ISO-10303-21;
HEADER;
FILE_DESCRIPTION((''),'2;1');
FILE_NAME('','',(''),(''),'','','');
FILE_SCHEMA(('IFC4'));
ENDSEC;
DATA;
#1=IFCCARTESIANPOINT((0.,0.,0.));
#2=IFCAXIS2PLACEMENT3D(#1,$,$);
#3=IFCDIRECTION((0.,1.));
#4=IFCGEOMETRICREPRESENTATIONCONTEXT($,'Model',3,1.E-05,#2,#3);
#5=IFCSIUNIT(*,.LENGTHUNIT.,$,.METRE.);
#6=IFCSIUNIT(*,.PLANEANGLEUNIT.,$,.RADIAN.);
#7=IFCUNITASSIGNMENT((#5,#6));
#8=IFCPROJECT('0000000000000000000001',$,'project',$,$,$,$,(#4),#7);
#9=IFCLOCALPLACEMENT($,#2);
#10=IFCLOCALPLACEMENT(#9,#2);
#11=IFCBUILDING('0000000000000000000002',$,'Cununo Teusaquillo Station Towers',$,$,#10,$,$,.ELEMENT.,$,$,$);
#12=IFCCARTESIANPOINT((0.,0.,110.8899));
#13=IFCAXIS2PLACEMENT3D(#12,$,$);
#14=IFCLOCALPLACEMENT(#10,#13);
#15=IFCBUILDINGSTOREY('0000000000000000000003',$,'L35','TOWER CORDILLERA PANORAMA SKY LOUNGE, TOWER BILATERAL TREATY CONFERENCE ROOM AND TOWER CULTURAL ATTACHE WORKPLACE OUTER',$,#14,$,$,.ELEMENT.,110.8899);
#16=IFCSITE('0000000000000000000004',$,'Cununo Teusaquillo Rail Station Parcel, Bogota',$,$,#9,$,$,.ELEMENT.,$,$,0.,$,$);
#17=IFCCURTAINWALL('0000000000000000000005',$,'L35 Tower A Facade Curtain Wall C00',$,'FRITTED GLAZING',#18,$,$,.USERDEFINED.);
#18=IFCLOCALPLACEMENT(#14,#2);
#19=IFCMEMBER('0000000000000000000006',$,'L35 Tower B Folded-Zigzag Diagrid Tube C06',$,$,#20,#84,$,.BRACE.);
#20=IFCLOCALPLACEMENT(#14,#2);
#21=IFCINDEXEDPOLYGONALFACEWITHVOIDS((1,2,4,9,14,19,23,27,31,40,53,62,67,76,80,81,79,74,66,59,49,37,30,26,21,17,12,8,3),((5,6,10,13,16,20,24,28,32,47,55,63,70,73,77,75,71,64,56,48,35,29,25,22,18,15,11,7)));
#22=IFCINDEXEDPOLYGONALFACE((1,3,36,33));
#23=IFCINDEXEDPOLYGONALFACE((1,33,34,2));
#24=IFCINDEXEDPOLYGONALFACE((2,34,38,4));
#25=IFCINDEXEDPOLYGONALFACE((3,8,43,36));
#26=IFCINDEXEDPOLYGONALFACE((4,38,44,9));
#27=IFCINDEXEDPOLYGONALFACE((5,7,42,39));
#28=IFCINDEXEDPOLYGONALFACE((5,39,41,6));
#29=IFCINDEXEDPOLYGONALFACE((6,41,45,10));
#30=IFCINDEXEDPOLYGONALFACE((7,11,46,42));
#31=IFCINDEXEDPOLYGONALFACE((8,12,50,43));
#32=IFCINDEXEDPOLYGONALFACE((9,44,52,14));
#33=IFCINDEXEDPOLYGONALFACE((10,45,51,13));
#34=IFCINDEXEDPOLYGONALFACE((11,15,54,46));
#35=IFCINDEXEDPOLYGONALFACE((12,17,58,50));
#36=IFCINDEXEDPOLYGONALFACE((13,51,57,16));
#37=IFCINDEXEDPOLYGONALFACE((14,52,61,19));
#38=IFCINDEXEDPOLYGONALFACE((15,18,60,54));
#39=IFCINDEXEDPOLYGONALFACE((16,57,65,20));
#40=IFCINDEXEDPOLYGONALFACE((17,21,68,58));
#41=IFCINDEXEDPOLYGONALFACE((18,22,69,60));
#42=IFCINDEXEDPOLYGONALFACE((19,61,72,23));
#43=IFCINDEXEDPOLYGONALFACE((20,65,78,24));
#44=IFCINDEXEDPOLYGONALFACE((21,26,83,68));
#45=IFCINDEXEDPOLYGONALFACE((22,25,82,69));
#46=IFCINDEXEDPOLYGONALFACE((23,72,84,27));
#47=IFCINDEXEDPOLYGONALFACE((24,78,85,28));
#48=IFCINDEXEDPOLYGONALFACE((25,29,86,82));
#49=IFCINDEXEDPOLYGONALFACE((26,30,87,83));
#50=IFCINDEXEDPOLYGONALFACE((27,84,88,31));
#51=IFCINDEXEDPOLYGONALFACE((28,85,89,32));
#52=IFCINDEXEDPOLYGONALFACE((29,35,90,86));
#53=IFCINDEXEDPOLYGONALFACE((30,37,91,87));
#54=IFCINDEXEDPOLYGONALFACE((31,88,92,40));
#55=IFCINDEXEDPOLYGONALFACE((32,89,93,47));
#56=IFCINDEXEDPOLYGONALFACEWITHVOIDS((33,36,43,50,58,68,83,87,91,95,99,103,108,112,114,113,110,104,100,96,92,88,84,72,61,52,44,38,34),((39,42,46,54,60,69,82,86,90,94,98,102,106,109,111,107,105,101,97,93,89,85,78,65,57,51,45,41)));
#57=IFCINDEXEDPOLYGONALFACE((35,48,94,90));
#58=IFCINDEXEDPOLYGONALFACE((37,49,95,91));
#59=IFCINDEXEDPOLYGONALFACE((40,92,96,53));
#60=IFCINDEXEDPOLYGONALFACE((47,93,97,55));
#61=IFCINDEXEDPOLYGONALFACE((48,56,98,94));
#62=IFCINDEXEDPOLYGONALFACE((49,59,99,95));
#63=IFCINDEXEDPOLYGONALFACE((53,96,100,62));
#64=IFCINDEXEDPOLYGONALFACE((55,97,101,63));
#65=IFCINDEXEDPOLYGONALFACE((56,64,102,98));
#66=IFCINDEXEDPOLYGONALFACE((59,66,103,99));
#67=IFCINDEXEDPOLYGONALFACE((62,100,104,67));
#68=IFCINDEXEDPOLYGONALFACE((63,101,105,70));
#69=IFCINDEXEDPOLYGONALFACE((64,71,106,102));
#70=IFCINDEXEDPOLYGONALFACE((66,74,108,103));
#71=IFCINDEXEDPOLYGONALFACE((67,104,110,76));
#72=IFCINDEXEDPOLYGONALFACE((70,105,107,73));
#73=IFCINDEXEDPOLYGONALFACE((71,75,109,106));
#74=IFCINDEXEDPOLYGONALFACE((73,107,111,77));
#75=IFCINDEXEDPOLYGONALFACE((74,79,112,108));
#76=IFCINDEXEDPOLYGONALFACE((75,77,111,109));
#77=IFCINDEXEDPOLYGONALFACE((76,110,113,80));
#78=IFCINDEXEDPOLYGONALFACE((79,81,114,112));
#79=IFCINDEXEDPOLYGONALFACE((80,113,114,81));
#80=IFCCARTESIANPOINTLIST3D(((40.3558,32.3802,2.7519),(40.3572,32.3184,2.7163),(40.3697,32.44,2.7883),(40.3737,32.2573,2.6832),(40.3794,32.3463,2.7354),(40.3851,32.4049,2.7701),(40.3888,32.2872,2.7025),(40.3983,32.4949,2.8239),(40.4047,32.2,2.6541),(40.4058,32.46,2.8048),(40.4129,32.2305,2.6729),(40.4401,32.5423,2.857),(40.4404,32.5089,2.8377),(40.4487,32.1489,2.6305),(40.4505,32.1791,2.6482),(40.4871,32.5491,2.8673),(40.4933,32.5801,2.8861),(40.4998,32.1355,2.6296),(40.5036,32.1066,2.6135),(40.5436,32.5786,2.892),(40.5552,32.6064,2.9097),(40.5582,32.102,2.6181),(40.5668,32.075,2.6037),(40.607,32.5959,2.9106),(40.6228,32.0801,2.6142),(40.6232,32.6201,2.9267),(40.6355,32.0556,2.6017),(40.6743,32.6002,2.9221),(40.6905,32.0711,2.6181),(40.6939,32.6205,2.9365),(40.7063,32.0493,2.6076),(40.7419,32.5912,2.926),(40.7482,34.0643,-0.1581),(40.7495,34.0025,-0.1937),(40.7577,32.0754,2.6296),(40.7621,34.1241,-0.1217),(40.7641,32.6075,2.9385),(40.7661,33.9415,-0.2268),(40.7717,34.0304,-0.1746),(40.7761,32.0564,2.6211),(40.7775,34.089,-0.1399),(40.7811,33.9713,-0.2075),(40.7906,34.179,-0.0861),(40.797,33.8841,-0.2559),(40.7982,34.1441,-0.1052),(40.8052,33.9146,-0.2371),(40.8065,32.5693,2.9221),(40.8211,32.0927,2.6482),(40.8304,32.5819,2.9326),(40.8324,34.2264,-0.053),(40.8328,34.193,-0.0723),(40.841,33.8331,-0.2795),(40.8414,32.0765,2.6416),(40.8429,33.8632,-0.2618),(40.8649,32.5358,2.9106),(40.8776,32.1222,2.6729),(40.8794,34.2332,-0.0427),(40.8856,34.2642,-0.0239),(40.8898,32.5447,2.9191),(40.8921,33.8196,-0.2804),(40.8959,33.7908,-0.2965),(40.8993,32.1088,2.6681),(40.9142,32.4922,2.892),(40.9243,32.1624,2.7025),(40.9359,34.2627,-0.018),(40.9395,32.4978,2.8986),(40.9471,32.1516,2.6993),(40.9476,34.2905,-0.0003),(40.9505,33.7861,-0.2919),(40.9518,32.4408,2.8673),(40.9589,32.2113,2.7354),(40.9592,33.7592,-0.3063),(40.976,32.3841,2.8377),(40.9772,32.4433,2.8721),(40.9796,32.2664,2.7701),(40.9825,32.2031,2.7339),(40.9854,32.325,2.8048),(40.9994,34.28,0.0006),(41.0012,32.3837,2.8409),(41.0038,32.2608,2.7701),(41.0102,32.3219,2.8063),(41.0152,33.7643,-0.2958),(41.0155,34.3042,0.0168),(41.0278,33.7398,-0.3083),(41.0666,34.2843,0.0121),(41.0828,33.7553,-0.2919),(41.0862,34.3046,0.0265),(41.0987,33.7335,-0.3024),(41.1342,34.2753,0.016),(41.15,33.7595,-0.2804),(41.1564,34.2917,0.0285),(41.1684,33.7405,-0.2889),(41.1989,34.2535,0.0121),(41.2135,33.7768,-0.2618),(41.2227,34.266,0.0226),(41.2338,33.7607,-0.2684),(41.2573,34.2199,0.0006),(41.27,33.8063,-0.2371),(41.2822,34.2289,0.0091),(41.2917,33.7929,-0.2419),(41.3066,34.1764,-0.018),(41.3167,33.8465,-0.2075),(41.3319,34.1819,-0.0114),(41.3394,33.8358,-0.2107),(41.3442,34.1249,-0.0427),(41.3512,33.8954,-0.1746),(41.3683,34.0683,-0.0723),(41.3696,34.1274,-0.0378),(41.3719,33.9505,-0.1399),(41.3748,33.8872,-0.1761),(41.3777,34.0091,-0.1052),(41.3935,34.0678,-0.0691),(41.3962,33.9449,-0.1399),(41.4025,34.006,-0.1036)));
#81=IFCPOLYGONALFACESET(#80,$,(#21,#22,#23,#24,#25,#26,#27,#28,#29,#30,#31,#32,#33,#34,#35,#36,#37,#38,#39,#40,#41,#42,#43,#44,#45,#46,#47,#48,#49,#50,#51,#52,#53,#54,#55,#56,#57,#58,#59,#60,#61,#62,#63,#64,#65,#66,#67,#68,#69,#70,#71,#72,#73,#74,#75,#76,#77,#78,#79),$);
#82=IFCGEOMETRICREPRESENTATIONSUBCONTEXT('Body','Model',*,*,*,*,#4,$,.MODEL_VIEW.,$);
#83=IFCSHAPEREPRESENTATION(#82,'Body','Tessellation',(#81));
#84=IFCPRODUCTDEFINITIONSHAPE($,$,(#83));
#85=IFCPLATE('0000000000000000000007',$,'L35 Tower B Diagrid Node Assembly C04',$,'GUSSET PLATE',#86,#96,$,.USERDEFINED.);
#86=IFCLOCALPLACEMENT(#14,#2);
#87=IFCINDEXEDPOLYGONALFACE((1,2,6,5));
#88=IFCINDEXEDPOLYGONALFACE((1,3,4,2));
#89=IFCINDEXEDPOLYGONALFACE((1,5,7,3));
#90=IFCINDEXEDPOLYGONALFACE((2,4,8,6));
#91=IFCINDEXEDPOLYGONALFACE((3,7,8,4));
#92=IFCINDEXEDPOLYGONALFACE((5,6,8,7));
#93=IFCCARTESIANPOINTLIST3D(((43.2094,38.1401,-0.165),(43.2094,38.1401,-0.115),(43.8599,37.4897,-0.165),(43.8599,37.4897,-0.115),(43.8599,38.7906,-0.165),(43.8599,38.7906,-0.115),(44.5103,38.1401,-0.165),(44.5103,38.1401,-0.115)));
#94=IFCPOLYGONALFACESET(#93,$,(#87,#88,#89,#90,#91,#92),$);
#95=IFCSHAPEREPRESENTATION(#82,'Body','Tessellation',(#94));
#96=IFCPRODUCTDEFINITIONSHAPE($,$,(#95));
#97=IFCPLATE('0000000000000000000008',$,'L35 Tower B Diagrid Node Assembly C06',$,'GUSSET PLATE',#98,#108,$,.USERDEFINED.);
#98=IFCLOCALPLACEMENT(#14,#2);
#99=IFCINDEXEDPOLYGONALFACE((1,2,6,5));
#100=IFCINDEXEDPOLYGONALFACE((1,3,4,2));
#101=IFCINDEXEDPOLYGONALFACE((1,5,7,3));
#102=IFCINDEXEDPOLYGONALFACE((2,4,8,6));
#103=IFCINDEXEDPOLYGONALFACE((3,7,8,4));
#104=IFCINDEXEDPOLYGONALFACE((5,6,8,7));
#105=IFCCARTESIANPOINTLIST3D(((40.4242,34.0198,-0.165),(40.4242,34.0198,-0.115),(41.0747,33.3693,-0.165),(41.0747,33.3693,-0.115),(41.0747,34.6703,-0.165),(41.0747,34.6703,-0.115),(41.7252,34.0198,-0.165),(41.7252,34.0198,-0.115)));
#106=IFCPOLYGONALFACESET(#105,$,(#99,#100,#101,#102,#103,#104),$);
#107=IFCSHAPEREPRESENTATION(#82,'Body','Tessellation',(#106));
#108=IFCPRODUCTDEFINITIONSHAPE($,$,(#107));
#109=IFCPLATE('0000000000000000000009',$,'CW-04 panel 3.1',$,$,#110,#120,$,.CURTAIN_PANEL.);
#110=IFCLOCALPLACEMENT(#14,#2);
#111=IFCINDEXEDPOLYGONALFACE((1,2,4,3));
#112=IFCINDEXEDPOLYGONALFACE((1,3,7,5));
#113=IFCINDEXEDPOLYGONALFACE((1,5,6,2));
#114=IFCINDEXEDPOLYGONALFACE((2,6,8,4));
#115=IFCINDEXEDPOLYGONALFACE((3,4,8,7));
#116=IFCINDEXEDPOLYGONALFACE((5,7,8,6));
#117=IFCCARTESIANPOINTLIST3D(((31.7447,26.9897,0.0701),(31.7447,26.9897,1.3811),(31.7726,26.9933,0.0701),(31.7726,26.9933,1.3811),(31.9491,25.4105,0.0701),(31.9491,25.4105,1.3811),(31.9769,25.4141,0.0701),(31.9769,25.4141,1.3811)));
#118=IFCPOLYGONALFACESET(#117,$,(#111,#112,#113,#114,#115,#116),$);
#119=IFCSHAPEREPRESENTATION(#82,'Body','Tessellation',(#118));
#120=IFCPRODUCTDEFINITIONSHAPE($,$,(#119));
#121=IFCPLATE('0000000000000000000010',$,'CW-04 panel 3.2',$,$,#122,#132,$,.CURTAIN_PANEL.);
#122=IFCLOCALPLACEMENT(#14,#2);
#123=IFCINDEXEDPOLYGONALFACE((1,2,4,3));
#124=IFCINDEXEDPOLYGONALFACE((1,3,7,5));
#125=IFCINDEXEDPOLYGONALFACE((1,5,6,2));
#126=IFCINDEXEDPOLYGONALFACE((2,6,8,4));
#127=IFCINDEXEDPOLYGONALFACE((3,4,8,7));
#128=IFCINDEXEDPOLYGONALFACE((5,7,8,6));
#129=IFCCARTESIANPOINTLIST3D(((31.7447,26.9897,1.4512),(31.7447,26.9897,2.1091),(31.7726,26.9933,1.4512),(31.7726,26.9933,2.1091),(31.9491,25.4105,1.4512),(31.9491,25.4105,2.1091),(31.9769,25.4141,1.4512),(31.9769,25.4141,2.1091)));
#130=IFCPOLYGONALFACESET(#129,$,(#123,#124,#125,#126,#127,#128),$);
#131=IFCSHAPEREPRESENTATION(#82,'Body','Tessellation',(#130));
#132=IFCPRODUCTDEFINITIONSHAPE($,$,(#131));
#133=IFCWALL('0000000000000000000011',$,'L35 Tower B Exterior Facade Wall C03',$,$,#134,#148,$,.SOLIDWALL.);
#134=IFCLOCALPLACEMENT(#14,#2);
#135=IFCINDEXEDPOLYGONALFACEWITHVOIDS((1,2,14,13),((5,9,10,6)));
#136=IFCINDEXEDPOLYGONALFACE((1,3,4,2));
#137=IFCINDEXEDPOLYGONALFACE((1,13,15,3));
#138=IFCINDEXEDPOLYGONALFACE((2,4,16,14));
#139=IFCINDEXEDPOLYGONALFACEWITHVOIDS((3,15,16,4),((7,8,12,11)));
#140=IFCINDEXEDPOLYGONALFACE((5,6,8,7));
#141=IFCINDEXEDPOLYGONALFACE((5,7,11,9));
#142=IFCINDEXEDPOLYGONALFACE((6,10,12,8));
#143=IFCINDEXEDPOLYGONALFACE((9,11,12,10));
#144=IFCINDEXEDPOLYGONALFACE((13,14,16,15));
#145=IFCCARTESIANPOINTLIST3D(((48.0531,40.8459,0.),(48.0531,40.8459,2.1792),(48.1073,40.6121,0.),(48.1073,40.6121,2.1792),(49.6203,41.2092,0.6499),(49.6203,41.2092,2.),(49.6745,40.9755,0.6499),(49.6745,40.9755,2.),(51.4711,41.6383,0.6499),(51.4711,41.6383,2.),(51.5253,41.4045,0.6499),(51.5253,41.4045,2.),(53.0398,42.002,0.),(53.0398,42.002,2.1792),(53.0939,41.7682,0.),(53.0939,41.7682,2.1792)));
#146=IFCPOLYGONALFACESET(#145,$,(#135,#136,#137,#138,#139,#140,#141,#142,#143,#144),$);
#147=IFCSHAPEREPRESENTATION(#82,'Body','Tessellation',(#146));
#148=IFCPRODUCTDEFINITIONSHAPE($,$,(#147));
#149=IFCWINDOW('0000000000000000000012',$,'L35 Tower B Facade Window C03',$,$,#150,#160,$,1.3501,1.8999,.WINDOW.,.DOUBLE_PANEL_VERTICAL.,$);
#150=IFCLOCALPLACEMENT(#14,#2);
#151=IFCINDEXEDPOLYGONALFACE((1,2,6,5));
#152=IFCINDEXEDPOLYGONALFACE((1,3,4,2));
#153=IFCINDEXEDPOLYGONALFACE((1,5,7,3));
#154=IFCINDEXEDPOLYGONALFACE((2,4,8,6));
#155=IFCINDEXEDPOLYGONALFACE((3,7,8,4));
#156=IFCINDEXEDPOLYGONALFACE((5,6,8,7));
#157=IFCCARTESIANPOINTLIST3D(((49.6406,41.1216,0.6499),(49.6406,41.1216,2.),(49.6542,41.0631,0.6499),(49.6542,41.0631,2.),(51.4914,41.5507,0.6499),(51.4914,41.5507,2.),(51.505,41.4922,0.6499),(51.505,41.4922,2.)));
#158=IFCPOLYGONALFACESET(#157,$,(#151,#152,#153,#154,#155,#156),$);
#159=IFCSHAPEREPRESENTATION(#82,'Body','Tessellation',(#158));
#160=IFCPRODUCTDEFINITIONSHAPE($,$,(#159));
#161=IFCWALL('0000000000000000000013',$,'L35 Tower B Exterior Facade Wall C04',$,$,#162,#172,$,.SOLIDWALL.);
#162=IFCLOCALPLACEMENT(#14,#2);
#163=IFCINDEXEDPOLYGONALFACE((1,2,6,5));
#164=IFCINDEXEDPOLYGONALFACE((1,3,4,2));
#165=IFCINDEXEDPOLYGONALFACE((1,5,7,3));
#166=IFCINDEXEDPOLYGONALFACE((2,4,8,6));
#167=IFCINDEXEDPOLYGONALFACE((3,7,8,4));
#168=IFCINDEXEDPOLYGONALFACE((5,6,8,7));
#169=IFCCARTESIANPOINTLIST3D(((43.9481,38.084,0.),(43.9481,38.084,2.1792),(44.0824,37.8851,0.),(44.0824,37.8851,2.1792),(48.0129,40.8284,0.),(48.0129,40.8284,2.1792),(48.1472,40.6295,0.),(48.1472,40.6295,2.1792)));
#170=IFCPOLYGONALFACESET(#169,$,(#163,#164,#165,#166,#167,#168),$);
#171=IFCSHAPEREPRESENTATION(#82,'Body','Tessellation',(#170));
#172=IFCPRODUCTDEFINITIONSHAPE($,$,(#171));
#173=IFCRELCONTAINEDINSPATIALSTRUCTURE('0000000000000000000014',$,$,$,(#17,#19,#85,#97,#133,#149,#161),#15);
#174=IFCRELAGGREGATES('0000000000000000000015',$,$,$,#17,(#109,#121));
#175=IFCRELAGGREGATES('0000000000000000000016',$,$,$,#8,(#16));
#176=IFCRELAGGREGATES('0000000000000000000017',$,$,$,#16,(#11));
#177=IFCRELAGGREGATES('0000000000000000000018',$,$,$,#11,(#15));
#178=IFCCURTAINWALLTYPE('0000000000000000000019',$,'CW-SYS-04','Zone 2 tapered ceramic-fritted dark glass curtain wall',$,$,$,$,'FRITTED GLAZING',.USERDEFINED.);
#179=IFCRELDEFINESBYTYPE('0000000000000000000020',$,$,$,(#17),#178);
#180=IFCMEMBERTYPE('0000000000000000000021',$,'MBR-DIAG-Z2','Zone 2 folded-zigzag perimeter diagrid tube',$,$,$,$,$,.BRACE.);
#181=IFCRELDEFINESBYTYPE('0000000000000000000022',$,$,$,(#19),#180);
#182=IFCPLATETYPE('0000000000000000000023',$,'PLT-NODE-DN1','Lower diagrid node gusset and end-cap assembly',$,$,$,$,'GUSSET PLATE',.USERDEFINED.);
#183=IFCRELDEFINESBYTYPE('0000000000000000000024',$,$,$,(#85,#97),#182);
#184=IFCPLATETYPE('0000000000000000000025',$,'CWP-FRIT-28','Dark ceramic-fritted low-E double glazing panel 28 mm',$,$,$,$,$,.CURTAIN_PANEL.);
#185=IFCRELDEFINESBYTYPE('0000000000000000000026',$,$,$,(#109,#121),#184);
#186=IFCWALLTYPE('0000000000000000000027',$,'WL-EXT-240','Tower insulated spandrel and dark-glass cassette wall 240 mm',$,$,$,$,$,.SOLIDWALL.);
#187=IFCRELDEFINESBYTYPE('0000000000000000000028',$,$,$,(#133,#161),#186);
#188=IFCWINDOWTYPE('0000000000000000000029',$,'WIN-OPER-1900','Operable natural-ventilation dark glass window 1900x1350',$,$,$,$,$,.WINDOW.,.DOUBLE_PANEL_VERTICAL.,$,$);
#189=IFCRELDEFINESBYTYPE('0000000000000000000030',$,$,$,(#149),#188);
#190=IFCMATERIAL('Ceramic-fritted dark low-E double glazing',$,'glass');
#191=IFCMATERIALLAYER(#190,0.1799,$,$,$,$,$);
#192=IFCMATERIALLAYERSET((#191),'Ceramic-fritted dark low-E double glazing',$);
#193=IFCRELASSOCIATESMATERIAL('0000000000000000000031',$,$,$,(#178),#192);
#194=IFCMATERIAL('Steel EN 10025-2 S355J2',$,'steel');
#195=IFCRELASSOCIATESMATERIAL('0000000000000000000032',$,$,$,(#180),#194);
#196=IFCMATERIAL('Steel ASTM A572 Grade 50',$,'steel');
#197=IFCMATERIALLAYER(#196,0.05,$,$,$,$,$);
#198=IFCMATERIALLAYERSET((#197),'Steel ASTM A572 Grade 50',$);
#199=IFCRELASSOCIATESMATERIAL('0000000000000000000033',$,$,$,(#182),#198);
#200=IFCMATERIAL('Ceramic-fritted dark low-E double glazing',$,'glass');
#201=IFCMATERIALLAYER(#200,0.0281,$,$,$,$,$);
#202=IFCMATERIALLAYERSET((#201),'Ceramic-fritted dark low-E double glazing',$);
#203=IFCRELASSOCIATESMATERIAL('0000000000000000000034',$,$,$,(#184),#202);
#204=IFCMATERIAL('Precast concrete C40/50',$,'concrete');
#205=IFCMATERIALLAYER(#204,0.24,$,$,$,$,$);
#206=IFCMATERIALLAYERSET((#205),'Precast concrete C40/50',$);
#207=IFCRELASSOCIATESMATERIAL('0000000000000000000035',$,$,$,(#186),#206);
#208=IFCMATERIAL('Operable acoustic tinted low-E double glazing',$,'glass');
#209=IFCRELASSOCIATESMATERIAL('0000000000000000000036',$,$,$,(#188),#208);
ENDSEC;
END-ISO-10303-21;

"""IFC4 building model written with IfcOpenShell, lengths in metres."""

from ifc_helpers import new_model, si_unit, direction, frame, frame_2d, origin, origin_2d, place, context, subcontext, project, spatial, rectangle, hollow_circle, extrude, source, transform, mapped, material, layer, layer_set, material_profile, profile_set, type_object, element, fill, aggregate, save


model = new_model("IFC4")

# Units and contexts
model_context = context("Model", 3, precision=1e-05, world=origin(), true_north=direction((0.0, 1.0)))
body_context = subcontext(model_context, "Body", "Model", "MODEL_VIEW")
ifc_project = project(units=[si_unit("LENGTHUNIT", "METRE"), si_unit("PLANEANGLEUNIT", "RADIAN")], contexts=[model_context])

# Site, building, storey
site_placement = place(None, origin())
site = spatial("IfcSite", under=ifc_project, at=site_placement, Name="Cununo Teusaquillo Rail Station Parcel, Bogota", CompositionType="ELEMENT", RefElevation=0.0)
building_placement = place(site_placement, origin())
building = spatial("IfcBuilding", under=site, at=building_placement, Name="Cununo Teusaquillo Station Towers", CompositionType="ELEMENT")
storey_placement = place(building_placement, frame((0.0, 0.0, 110.8899)))
storey = spatial("IfcBuildingStorey", under=building, at=storey_placement, Name="L35", Description="TOWER CORDILLERA PANORAMA SKY LOUNGE, TOWER BILATERAL TREATY CONFERENCE ROOM AND TOWER CULTURAL ATTACHE WORKPLACE OUTER", CompositionType="ELEMENT", Elevation=110.8899)

# Curtain wall
ifc_material_1 = material(Name="Ceramic-fritted dark low-E double glazing", Category="glass")
ifc_layer_1 = layer(ifc_material_1, 0.1799)
ifc_layer_set_1 = layer_set([ifc_layer_1], Name="Ceramic-fritted dark low-E double glazing")
curtain_wall_type = type_object("IfcCurtainWallType", Name="CW-SYS-04", Description="Zone 2 tapered ceramic-fritted dark glass curtain wall", ElementType="FRITTED GLAZING", PredefinedType="USERDEFINED", material=ifc_layer_set_1)
curtain_wall_placement = place(storey_placement, origin())
curtain_wall = element("IfcCurtainWall", 1, at=curtain_wall_placement, inside=storey, type_object=curtain_wall_type, Name="L35 Tower A Facade Curtain Wall C00", ObjectType="FRITTED GLAZING", PredefinedType="USERDEFINED")

# Member
ifc_material_2 = material(Name="Steel EN 10025-2 S355J2", Category="steel")
ifc_material_profile_1 = material_profile(ifc_material_2, hollow_circle(Radius=0.3301, WallThickness=0.0249, at=origin_2d()), Name="CHS 660x25")
ifc_profile_set_1 = profile_set([ifc_material_profile_1], Name="Steel EN 10025-2 S355J2")
member_type_1 = type_object("IfcMemberType", Name="MBR-DIAG-Z2", Description="Zone 2 folded-zigzag perimeter diagrid tube", PredefinedType="BRACE", material=ifc_profile_set_1)
member_1_placement = place(storey_placement, frame((41.0747, 34.0198, -0.1399), z_axis=(-0.115907, -0.497526, 0.859671), x_axis=(0.97392, -0.22689, 0.0)))
element("IfcMember", 2, at=member_1_placement, inside=storey, type_object=member_type_1, Name="L35 Tower B Folded-Zigzag Diagrid Tube C06", PredefinedType="BRACE", context=body_context, shape_type="SweptSolid", body=[
    extrude(hollow_circle(Radius=0.3301, WallThickness=0.0249, at=origin_2d()), origin(), (0.0, 0.0, 1.0), 3.385),
])

# Plates
ifc_material_3 = material(Name="Steel ASTM A572 Grade 50", Category="steel")
ifc_layer_2 = layer(ifc_material_3, 0.05)
ifc_layer_set_2 = layer_set([ifc_layer_2], Name="Steel ASTM A572 Grade 50")
plate_type_1 = type_object("IfcPlateType", Name="PLT-NODE-DN1", Description="Lower diagrid node gusset and end-cap assembly", ElementType="GUSSET PLATE", PredefinedType="USERDEFINED", material=ifc_layer_set_2)
shared_shape_1 = source(origin(), body_context, "Body", "SweptSolid", [
    extrude(rectangle(XDim=0.9199, YDim=0.9199, at=origin_2d()), origin(), (0.0, 0.0, 1.0), 0.05),
])
for number, where, z_axis, x_axis, name in (
    (3, (43.8599, 38.1401, -0.165), (0.0, 0.0, 1.0), (0.707107, 0.707107, 0.0), "L35 Tower B Diagrid Node Assembly C04"),
    (4, (41.0747, 34.0198, -0.165), (0.0, 0.0, 1.0), (0.707107, 0.707107, 0.0), "L35 Tower B Diagrid Node Assembly C06"),
):
    element("IfcPlate", number, at=place(storey_placement, frame(where, z_axis=z_axis, x_axis=x_axis)), inside=storey, type_object=plate_type_1, Name=name, ObjectType="GUSSET PLATE", PredefinedType="USERDEFINED", context=body_context, shape_type="MappedRepresentation", body=[
        mapped(shared_shape_1, transform((0.0, 0.0, 0.0), x_axis=(1.0, 0.0, 0.0), y_axis=(0.0, 1.0, 0.0), z_axis=(0.0, 0.0, 1.0), scale=1.0)),
    ])

# Plates
ifc_material_4 = material(Name="Ceramic-fritted dark low-E double glazing", Category="glass")
ifc_layer_3 = layer(ifc_material_4, 0.0281)
ifc_layer_set_3 = layer_set([ifc_layer_3], Name="Ceramic-fritted dark low-E double glazing")
plate_type_2 = type_object("IfcPlateType", Name="CWP-FRIT-28", Description="Dark ceramic-fritted low-E double glazing panel 28 mm", PredefinedType="CURTAIN_PANEL", material=ifc_layer_set_3)
shared_shape_2 = source(origin(), body_context, "Body", "SweptSolid", [
    extrude(rectangle(XDim=1.5923, YDim=0.0281, at=origin_2d()), origin(), (0.0, 0.0, 1.0), 1.311),
])
plate_1_placement = place(storey_placement, frame((31.8608, 26.2019, 0.0701), z_axis=(0.0, 0.0, 1.0), x_axis=(0.128336, -0.991731, 0.0)))
plate_1 = element("IfcPlate", 5, at=plate_1_placement, type_object=plate_type_2, Name="CW-04 panel 3.1", PredefinedType="CURTAIN_PANEL", context=body_context, shape_type="MappedRepresentation", body=[
    mapped(shared_shape_2, transform((0.0, 0.0, 0.0), x_axis=(1.0, 0.0, 0.0), y_axis=(0.0, 1.0, 0.0), z_axis=(0.0, 0.0, 1.0), scale=1.0)),
])
shared_shape_3 = source(origin(), body_context, "Body", "SweptSolid", [
    extrude(rectangle(XDim=1.5923, YDim=0.0281, at=origin_2d()), origin(), (0.0, 0.0, 1.0), 0.658),
])
plate_2_placement = place(storey_placement, frame((31.8608, 26.2019, 1.4512), z_axis=(0.0, 0.0, 1.0), x_axis=(0.128336, -0.991731, 0.0)))
plate_2 = element("IfcPlate", 6, at=plate_2_placement, type_object=plate_type_2, Name="CW-04 panel 3.2", PredefinedType="CURTAIN_PANEL", context=body_context, shape_type="MappedRepresentation", body=[
    mapped(shared_shape_3, transform((0.0, 0.0, 0.0), x_axis=(1.0, 0.0, 0.0), y_axis=(0.0, 1.0, 0.0), z_axis=(0.0, 0.0, 1.0), scale=1.0)),
])
aggregate(curtain_wall, [plate_1, plate_2])

# Wall, opening, window
ifc_material_5 = material(Name="Precast concrete C40/50", Category="concrete")
ifc_layer_4 = layer(ifc_material_5, 0.24)
ifc_layer_set_4 = layer_set([ifc_layer_4], Name="Precast concrete C40/50")
wall_type_1 = type_object("IfcWallType", Name="WL-EXT-240", Description="Tower insulated spandrel and dark-glass cassette wall 240 mm", PredefinedType="SOLIDWALL", material=ifc_layer_set_4)
wall_1_placement = place(storey_placement, frame((48.0801, 40.729, 0.0), z_axis=(0.0, 0.0, 1.0), x_axis=(0.974166, 0.225835, 0.0)))
wall_1 = element("IfcWall", 7, at=wall_1_placement, inside=storey, type_object=wall_type_1, Name="L35 Tower B Exterior Facade Wall C03", PredefinedType="SOLIDWALL", context=body_context, shape_type="SweptSolid", body=[
    extrude(rectangle(XDim=5.1189, YDim=0.24, at=frame_2d((2.5596, 0.0))), origin(), (0.0, 0.0, 1.0), 2.1792),
])
shared_shape_4 = source(origin(), body_context, "Body", "SweptSolid", [
    extrude(rectangle(XDim=1.8999, YDim=1.3501, at=frame_2d((0.95, 0.675))), frame((0.0, 0.1299, 0.0), z_axis=(0.0, -1.0, 0.0), x_axis=(1.0, 0.0, 0.0)), (0.0, 0.0, 1.0), 0.26),
])
opening_1_placement = place(wall_1_placement, frame((1.6089, 0.0, 0.6499)))
opening_1 = element("IfcOpeningElement", 8, at=opening_1_placement, cuts=wall_1, PredefinedType="OPENING", context=body_context, shape_type="MappedRepresentation", body=[
    mapped(shared_shape_4, transform((0.0, 0.0, 0.0), x_axis=(1.0, 0.0, 0.0), y_axis=(0.0, 1.0, 0.0), z_axis=(0.0, 0.0, 1.0), scale=1.0)),
])
ifc_material_6 = material(Name="Operable acoustic tinted low-E double glazing", Category="glass")
window_type = type_object("IfcWindowType", Name="WIN-OPER-1900", Description="Operable natural-ventilation dark glass window 1900x1350", PartitioningType="DOUBLE_PANEL_VERTICAL", PredefinedType="WINDOW", material=ifc_material_6)
shared_shape_5 = source(origin(), body_context, "Body", "SweptSolid", [
    extrude(rectangle(XDim=1.8999, YDim=1.3501, at=frame_2d((0.95, 0.675))), frame((0.0, 0.03, 0.0), z_axis=(0.0, -1.0, 0.0), x_axis=(1.0, 0.0, 0.0)), (0.0, 0.0, 1.0), 0.0601),
])
window_1_placement = place(opening_1_placement, origin())
window_1 = element("IfcWindow", 9, at=window_1_placement, inside=storey, type_object=window_type, Name="L35 Tower B Facade Window C03", OverallHeight=1.3501, OverallWidth=1.8999, PartitioningType="DOUBLE_PANEL_VERTICAL", PredefinedType="WINDOW", context=body_context, shape_type="MappedRepresentation", body=[
    mapped(shared_shape_5, transform((0.0, 0.0, 0.0), x_axis=(1.0, 0.0, 0.0), y_axis=(0.0, 1.0, 0.0), z_axis=(0.0, 0.0, 1.0), scale=1.0)),
])
fill(opening_1, window_1)

# Wall
wall_2_placement = place(storey_placement, frame((44.0154, 37.9846, 0.0), z_axis=(0.0, 0.0, 1.0), x_axis=(0.828781, 0.559573, 0.0)))
element("IfcWall", 10, at=wall_2_placement, inside=storey, type_object=wall_type_1, Name="L35 Tower B Exterior Facade Wall C04", PredefinedType="SOLIDWALL", context=body_context, shape_type="SweptSolid", body=[
    extrude(rectangle(XDim=4.9045, YDim=0.24, at=frame_2d((2.4521, 0.0))), origin(), (0.0, 0.0, 1.0), 2.1792),
])

save(model, "model.ifc")
